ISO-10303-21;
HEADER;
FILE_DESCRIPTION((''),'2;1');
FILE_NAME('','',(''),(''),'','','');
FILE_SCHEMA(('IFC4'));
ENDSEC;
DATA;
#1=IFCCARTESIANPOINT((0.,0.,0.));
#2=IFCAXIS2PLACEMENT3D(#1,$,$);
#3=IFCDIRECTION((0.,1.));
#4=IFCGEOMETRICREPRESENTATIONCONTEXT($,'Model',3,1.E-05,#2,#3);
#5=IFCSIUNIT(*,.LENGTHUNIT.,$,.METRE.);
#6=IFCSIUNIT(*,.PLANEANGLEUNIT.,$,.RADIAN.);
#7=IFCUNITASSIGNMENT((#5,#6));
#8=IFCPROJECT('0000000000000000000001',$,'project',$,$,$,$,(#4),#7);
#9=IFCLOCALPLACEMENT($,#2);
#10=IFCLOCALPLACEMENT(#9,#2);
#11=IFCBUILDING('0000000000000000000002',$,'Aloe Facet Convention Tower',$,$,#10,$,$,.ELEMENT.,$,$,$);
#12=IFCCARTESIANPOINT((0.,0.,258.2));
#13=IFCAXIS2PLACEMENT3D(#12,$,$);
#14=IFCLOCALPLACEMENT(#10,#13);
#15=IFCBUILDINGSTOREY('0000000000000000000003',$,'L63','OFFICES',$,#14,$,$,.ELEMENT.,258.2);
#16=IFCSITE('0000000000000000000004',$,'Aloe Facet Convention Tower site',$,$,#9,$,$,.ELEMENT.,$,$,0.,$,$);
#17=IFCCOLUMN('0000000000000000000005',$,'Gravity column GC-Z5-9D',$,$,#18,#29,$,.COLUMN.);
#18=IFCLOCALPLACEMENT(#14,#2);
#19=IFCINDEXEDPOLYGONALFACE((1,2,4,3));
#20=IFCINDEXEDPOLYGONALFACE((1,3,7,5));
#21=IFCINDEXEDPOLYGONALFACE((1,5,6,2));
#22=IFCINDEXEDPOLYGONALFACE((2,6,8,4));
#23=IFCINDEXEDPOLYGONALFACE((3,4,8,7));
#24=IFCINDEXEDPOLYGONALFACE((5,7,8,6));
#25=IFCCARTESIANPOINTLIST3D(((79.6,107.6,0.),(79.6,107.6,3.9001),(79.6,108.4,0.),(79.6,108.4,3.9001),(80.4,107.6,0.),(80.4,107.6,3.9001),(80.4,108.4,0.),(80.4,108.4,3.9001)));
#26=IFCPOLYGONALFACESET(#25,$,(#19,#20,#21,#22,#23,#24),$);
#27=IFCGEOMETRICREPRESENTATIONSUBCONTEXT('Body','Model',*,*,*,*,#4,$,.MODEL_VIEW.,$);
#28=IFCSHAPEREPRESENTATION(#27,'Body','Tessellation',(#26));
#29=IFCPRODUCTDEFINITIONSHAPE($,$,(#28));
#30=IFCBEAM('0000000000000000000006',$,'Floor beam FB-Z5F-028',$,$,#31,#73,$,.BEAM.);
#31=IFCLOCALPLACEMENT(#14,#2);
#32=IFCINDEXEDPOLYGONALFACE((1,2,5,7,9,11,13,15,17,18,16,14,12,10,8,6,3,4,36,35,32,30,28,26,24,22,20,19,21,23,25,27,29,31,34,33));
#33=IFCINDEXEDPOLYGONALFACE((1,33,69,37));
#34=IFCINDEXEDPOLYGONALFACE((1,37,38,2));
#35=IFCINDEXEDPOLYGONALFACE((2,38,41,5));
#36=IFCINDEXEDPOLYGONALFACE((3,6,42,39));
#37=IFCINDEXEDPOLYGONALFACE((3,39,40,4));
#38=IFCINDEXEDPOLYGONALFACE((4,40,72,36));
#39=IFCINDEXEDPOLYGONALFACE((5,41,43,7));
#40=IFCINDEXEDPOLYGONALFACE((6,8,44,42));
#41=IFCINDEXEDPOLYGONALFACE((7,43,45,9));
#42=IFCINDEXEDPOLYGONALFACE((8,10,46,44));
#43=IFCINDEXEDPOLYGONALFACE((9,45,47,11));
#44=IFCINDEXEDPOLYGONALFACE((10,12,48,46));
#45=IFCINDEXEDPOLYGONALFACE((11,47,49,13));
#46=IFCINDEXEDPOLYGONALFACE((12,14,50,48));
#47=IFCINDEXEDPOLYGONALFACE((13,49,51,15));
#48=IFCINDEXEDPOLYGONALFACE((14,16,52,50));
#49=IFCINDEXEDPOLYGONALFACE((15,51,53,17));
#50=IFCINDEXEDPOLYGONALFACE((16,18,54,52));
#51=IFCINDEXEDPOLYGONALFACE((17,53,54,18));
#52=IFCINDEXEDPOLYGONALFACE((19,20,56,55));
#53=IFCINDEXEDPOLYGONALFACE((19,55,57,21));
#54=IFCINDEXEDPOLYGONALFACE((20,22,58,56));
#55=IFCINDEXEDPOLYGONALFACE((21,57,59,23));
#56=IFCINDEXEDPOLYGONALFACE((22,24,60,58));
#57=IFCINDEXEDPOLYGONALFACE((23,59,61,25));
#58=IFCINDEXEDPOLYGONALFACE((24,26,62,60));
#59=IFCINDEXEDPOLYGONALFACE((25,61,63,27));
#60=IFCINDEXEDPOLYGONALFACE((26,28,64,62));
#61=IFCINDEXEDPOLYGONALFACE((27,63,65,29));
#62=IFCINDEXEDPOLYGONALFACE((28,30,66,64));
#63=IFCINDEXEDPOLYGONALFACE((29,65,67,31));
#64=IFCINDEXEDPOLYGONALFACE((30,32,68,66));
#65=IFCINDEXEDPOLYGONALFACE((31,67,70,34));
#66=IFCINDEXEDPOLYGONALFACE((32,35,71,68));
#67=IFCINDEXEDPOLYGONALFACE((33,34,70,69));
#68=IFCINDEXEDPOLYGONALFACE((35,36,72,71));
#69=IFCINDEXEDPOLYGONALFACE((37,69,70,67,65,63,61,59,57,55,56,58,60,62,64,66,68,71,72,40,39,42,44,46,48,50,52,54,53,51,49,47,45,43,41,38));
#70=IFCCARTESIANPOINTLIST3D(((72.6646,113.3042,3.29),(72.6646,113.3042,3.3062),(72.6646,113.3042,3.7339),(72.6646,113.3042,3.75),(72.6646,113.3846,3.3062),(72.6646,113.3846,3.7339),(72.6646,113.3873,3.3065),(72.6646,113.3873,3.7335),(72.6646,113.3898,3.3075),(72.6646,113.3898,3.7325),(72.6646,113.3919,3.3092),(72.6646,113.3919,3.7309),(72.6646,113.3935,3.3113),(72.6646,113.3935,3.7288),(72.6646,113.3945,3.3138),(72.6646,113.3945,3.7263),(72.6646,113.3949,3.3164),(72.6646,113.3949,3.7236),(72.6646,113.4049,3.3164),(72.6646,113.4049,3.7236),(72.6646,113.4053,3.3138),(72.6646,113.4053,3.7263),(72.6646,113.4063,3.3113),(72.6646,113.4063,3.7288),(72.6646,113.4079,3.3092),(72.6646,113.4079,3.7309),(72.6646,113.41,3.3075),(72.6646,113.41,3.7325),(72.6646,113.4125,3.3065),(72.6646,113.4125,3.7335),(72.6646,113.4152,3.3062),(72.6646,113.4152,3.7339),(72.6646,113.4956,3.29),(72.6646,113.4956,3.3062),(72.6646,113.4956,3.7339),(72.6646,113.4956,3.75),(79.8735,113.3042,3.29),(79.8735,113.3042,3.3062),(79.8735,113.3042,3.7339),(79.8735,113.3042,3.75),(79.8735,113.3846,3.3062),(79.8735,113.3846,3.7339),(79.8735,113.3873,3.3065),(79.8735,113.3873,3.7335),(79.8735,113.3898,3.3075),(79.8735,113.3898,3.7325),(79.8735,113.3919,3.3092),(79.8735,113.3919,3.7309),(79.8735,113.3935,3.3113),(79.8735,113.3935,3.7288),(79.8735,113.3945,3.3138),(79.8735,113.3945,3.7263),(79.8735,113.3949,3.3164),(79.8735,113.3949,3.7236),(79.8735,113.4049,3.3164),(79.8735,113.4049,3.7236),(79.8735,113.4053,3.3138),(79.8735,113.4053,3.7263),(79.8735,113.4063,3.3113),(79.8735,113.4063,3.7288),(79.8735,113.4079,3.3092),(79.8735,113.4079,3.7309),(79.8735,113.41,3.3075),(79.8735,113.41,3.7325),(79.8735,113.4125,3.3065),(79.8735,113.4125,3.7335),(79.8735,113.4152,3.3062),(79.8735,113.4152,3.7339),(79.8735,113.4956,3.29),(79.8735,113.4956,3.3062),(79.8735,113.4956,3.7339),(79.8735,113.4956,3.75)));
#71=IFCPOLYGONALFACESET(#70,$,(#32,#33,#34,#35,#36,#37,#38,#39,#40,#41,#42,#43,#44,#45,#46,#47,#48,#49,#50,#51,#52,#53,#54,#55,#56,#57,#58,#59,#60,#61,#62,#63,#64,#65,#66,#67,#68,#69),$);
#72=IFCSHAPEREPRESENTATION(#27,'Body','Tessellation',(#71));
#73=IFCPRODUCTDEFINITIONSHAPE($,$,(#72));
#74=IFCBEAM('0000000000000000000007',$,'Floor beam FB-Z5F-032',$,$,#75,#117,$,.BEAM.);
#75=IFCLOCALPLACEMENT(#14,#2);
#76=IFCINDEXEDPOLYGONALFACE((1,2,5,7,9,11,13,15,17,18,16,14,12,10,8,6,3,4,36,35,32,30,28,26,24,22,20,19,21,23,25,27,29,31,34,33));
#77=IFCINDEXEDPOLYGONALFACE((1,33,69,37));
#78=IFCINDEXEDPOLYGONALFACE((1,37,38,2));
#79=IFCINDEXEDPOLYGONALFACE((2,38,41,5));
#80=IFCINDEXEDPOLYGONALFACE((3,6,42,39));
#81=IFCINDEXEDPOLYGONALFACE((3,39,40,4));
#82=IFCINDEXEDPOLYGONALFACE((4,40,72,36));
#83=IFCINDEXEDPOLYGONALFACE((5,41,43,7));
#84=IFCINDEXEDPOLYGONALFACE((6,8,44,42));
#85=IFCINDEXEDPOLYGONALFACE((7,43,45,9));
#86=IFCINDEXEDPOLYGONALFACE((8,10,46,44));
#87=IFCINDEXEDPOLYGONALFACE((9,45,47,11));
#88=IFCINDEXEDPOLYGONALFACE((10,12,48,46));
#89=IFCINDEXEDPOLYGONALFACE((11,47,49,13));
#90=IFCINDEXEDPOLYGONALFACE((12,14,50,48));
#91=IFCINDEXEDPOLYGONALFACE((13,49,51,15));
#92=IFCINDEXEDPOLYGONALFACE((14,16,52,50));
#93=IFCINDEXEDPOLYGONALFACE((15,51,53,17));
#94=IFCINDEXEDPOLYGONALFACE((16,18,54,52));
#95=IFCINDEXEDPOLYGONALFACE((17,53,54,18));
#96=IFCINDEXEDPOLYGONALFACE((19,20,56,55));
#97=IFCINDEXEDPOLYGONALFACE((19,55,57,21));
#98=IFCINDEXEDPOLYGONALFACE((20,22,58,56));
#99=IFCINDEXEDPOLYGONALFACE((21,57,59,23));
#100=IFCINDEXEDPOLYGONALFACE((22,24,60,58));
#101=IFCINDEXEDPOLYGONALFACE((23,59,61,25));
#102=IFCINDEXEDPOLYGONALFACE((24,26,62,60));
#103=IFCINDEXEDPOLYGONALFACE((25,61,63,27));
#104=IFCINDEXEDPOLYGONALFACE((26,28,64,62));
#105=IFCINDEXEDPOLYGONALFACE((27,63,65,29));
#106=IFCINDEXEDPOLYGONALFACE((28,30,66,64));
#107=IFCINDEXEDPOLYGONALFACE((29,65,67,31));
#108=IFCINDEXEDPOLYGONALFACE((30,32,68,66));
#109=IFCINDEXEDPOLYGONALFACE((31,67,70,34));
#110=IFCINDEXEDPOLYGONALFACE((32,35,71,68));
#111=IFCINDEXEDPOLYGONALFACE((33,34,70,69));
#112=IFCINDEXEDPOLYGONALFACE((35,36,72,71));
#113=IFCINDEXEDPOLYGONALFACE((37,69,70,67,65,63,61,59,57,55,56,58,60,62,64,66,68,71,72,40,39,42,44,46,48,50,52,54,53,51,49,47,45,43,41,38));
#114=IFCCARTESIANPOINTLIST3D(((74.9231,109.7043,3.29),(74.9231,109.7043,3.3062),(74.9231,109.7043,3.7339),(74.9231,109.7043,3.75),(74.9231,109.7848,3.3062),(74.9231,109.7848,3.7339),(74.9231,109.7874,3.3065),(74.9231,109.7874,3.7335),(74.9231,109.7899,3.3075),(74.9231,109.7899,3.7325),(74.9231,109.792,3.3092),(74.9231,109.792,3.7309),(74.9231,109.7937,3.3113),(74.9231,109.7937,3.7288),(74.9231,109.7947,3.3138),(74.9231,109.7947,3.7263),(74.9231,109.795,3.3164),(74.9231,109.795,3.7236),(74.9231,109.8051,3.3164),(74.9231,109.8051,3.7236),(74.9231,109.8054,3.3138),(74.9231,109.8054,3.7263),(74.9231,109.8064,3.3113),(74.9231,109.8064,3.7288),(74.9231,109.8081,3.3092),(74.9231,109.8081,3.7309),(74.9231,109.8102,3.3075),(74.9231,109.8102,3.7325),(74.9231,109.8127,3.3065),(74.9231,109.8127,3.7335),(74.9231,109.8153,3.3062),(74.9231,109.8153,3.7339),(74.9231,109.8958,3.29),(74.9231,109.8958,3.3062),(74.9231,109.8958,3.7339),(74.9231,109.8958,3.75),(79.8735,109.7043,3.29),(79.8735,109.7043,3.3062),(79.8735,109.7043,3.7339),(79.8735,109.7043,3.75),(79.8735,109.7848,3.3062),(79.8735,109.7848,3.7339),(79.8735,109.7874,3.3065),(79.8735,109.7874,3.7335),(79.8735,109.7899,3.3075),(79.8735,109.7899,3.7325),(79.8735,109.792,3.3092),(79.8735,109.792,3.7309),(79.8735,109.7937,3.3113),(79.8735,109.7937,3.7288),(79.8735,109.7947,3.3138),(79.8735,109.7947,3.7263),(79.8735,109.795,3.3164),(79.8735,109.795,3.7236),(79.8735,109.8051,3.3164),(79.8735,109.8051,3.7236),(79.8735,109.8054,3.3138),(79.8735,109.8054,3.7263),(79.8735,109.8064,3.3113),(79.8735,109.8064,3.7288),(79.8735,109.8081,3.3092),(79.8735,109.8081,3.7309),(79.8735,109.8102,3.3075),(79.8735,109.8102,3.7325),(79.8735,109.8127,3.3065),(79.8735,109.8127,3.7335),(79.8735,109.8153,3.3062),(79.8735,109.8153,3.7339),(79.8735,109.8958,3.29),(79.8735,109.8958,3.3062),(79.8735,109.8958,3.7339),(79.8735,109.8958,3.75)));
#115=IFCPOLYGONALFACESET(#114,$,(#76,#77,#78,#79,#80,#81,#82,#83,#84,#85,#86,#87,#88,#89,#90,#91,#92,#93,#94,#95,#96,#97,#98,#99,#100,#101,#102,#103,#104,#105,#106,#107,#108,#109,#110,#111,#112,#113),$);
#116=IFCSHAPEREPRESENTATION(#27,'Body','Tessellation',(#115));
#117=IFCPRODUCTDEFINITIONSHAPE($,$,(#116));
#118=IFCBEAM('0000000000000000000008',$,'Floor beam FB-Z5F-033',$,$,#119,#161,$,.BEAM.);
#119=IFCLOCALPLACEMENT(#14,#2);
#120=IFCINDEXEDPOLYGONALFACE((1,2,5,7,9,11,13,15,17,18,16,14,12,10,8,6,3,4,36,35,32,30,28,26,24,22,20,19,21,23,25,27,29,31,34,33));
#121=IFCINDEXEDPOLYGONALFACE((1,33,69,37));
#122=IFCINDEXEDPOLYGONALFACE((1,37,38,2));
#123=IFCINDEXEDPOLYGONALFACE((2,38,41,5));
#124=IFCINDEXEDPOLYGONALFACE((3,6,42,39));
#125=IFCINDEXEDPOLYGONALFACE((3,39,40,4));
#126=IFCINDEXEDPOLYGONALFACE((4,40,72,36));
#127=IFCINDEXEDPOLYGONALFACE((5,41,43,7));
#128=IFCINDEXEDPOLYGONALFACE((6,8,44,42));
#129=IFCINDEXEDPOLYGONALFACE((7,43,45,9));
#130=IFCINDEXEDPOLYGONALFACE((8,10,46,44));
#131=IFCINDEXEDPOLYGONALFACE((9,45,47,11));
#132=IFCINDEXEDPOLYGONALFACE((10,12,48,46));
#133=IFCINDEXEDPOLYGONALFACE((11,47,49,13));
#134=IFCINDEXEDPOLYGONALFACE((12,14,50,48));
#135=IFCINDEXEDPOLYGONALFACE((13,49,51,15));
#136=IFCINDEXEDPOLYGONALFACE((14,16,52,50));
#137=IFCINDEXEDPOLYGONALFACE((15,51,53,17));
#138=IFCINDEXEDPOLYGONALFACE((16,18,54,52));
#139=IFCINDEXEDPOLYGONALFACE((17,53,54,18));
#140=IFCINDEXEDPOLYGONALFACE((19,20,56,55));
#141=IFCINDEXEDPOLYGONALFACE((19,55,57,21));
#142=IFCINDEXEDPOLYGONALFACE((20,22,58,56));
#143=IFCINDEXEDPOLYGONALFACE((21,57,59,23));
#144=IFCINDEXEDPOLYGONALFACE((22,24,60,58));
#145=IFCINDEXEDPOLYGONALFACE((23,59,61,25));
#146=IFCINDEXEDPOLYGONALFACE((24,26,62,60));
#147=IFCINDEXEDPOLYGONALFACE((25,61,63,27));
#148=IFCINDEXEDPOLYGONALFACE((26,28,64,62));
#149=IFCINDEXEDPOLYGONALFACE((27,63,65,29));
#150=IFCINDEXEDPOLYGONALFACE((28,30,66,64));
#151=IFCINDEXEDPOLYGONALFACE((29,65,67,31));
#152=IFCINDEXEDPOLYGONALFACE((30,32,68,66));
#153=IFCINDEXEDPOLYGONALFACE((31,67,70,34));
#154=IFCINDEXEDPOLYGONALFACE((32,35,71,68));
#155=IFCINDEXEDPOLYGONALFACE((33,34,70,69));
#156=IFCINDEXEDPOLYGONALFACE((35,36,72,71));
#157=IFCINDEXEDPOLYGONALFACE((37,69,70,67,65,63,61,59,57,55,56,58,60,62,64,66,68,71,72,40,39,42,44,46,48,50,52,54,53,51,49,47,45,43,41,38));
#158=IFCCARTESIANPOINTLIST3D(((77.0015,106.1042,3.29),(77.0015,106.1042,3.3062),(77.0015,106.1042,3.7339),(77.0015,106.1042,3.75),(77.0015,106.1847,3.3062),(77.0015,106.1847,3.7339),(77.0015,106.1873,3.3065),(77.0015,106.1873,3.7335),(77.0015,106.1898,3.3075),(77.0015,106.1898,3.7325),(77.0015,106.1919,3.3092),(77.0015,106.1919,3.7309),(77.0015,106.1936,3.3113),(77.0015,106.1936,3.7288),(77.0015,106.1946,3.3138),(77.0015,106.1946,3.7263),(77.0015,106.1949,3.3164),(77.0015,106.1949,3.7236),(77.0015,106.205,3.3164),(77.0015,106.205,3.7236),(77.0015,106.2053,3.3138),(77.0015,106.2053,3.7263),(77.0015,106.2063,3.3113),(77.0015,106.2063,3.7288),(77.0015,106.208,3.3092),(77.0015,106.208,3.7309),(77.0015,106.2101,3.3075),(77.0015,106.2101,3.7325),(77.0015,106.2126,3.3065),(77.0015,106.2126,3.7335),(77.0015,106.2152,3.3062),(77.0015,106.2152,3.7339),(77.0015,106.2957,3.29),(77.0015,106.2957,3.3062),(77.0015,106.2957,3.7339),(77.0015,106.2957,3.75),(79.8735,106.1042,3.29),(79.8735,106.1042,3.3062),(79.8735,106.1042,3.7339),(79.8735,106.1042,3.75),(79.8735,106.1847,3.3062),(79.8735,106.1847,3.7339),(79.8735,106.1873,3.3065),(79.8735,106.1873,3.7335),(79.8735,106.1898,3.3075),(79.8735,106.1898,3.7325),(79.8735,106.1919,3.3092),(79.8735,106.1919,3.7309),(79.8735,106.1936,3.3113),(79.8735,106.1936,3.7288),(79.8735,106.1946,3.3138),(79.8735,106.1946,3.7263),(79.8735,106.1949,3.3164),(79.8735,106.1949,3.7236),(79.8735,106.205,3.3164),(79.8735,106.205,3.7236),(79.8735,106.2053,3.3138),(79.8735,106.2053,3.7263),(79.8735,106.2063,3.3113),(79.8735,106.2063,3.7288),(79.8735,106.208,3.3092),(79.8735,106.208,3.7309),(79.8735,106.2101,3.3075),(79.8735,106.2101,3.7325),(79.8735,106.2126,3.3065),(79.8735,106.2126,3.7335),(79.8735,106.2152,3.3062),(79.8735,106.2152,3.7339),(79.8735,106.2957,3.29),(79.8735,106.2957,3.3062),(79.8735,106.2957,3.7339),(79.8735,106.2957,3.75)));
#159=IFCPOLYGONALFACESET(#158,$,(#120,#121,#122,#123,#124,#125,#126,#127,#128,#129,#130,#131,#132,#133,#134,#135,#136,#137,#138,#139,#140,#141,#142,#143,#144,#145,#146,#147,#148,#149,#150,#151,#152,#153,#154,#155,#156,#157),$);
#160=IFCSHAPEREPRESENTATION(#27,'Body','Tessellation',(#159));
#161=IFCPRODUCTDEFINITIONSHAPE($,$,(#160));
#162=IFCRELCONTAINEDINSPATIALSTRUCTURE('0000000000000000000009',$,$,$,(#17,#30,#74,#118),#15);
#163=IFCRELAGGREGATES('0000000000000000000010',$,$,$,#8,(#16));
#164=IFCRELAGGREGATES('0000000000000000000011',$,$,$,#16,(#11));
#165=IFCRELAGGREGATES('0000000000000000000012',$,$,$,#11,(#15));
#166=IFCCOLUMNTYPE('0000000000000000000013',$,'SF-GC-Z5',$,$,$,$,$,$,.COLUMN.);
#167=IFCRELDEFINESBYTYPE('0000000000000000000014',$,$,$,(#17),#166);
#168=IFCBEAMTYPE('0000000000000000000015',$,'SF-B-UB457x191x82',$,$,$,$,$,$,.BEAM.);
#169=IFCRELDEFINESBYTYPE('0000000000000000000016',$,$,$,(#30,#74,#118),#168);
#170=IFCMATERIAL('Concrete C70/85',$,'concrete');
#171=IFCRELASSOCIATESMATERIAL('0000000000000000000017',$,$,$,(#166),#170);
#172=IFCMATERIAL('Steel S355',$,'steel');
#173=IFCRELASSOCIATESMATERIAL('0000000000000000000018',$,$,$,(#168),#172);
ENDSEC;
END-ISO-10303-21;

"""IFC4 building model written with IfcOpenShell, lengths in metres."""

from ifc_helpers import new_model, si_unit, direction, frame, origin, origin_2d, place, context, subcontext, project, spatial, rectangle, i_section, extrude, material, material_profile, profile_set, type_object, element, save


model = new_model("IFC4")

# Units and contexts
model_context = context("Model", 3, precision=1e-05, world=origin(), true_north=direction((0.0, 1.0)))
body_context = subcontext(model_context, "Body", "Model", "MODEL_VIEW")
ifc_project = project(units=[si_unit("LENGTHUNIT", "METRE"), si_unit("PLANEANGLEUNIT", "RADIAN")], contexts=[model_context])

# Site, building, storey
site_placement = place(None, origin())
site = spatial("IfcSite", under=ifc_project, at=site_placement, Name="Aloe Facet Convention Tower site", CompositionType="ELEMENT", RefElevation=0.0)
building_placement = place(site_placement, origin())
building = spatial("IfcBuilding", under=site, at=building_placement, Name="Aloe Facet Convention Tower", CompositionType="ELEMENT")
storey_placement = place(building_placement, frame((0.0, 0.0, 258.2)))
storey = spatial("IfcBuildingStorey", under=building, at=storey_placement, Name="L63", Description="OFFICES", CompositionType="ELEMENT", Elevation=258.2)

# Column
ifc_material_1 = material(Name="Concrete C70/85", Category="concrete")
ifc_material_profile_1 = material_profile(ifc_material_1, rectangle(XDim=0.8, YDim=0.8, at=origin_2d()), Name="SF-GC-Z5")
ifc_profile_set_1 = profile_set([ifc_material_profile_1], Name="Concrete C70/85")
column_type = type_object("IfcColumnType", Name="SF-GC-Z5", PredefinedType="COLUMN", material=ifc_profile_set_1)
column_placement = place(storey_placement, frame((80.0, 108.0, 0.0), z_axis=(0.0, 0.0, 1.0), x_axis=(1.0, 0.0, 0.0)))
element("IfcColumn", 1, at=column_placement, inside=storey, type_object=column_type, Name="Gravity column GC-Z5-9D", PredefinedType="COLUMN", context=body_context, shape_type="SweptSolid", body=[
    extrude(rectangle(XDim=0.8, YDim=0.8, at=origin_2d()), origin(), (0.0, 0.0, 1.0), 3.9001),
])

# Beams
ifc_material_2 = material(Name="Steel S355", Category="steel")
ifc_material_profile_2 = material_profile(ifc_material_2, i_section(OverallWidth=0.1914, OverallDepth=0.46, WebThickness=0.01, FlangeThickness=0.0161, FilletRadius=0.0103, at=origin_2d()), Name="UB 457x191x82")
ifc_profile_set_2 = profile_set([ifc_material_profile_2], Name="Steel S355")
beam_type_1 = type_object("IfcBeamType", Name="SF-B-UB457x191x82", PredefinedType="BEAM", material=ifc_profile_set_2)
beam_1_placement = place(storey_placement, frame((72.6646, 113.3999, 3.52), z_axis=(1.0, 0.0, 0.0), x_axis=(0.0, 1.0, 0.0)))
element("IfcBeam", 2, at=beam_1_placement, inside=storey, type_object=beam_type_1, Name="Floor beam FB-Z5F-028", PredefinedType="BEAM", context=body_context, shape_type="SweptSolid", body=[
    extrude(i_section(OverallWidth=0.1914, OverallDepth=0.46, WebThickness=0.01, FlangeThickness=0.0161, FilletRadius=0.0103, at=origin_2d()), origin(), (0.0, 0.0, 1.0), 7.209),
])
beam_2_placement = place(storey_placement, frame((74.9231, 109.8, 3.52), z_axis=(1.0, 0.0, 0.0), x_axis=(0.0, 1.0, 0.0)))
element("IfcBeam", 3, at=beam_2_placement, inside=storey, type_object=beam_type_1, Name="Floor beam FB-Z5F-032", PredefinedType="BEAM", context=body_context, shape_type="SweptSolid", body=[
    extrude(i_section(OverallWidth=0.1914, OverallDepth=0.46, WebThickness=0.01, FlangeThickness=0.0161, FilletRadius=0.0103, at=origin_2d()), origin(), (0.0, 0.0, 1.0), 4.9504),
])
for number, where, z_axis, x_axis, name in (
    (4, (77.0015, 106.2, 3.52), (1.0, 0.0, 0.0), (0.0, 1.0, 0.0), "Floor beam FB-Z5F-033"),
):
    element("IfcBeam", number, at=place(storey_placement, frame(where, z_axis=z_axis, x_axis=x_axis)), inside=storey, type_object=beam_type_1, Name=name, PredefinedType="BEAM", context=body_context, shape_type="SweptSolid", body=[
        extrude(i_section(OverallWidth=0.1914, OverallDepth=0.46, WebThickness=0.01, FlangeThickness=0.0161, FilletRadius=0.0103, at=origin_2d()), origin(), (0.0, 0.0, 1.0), 2.8721),
    ])

save(model, "model.ifc")
